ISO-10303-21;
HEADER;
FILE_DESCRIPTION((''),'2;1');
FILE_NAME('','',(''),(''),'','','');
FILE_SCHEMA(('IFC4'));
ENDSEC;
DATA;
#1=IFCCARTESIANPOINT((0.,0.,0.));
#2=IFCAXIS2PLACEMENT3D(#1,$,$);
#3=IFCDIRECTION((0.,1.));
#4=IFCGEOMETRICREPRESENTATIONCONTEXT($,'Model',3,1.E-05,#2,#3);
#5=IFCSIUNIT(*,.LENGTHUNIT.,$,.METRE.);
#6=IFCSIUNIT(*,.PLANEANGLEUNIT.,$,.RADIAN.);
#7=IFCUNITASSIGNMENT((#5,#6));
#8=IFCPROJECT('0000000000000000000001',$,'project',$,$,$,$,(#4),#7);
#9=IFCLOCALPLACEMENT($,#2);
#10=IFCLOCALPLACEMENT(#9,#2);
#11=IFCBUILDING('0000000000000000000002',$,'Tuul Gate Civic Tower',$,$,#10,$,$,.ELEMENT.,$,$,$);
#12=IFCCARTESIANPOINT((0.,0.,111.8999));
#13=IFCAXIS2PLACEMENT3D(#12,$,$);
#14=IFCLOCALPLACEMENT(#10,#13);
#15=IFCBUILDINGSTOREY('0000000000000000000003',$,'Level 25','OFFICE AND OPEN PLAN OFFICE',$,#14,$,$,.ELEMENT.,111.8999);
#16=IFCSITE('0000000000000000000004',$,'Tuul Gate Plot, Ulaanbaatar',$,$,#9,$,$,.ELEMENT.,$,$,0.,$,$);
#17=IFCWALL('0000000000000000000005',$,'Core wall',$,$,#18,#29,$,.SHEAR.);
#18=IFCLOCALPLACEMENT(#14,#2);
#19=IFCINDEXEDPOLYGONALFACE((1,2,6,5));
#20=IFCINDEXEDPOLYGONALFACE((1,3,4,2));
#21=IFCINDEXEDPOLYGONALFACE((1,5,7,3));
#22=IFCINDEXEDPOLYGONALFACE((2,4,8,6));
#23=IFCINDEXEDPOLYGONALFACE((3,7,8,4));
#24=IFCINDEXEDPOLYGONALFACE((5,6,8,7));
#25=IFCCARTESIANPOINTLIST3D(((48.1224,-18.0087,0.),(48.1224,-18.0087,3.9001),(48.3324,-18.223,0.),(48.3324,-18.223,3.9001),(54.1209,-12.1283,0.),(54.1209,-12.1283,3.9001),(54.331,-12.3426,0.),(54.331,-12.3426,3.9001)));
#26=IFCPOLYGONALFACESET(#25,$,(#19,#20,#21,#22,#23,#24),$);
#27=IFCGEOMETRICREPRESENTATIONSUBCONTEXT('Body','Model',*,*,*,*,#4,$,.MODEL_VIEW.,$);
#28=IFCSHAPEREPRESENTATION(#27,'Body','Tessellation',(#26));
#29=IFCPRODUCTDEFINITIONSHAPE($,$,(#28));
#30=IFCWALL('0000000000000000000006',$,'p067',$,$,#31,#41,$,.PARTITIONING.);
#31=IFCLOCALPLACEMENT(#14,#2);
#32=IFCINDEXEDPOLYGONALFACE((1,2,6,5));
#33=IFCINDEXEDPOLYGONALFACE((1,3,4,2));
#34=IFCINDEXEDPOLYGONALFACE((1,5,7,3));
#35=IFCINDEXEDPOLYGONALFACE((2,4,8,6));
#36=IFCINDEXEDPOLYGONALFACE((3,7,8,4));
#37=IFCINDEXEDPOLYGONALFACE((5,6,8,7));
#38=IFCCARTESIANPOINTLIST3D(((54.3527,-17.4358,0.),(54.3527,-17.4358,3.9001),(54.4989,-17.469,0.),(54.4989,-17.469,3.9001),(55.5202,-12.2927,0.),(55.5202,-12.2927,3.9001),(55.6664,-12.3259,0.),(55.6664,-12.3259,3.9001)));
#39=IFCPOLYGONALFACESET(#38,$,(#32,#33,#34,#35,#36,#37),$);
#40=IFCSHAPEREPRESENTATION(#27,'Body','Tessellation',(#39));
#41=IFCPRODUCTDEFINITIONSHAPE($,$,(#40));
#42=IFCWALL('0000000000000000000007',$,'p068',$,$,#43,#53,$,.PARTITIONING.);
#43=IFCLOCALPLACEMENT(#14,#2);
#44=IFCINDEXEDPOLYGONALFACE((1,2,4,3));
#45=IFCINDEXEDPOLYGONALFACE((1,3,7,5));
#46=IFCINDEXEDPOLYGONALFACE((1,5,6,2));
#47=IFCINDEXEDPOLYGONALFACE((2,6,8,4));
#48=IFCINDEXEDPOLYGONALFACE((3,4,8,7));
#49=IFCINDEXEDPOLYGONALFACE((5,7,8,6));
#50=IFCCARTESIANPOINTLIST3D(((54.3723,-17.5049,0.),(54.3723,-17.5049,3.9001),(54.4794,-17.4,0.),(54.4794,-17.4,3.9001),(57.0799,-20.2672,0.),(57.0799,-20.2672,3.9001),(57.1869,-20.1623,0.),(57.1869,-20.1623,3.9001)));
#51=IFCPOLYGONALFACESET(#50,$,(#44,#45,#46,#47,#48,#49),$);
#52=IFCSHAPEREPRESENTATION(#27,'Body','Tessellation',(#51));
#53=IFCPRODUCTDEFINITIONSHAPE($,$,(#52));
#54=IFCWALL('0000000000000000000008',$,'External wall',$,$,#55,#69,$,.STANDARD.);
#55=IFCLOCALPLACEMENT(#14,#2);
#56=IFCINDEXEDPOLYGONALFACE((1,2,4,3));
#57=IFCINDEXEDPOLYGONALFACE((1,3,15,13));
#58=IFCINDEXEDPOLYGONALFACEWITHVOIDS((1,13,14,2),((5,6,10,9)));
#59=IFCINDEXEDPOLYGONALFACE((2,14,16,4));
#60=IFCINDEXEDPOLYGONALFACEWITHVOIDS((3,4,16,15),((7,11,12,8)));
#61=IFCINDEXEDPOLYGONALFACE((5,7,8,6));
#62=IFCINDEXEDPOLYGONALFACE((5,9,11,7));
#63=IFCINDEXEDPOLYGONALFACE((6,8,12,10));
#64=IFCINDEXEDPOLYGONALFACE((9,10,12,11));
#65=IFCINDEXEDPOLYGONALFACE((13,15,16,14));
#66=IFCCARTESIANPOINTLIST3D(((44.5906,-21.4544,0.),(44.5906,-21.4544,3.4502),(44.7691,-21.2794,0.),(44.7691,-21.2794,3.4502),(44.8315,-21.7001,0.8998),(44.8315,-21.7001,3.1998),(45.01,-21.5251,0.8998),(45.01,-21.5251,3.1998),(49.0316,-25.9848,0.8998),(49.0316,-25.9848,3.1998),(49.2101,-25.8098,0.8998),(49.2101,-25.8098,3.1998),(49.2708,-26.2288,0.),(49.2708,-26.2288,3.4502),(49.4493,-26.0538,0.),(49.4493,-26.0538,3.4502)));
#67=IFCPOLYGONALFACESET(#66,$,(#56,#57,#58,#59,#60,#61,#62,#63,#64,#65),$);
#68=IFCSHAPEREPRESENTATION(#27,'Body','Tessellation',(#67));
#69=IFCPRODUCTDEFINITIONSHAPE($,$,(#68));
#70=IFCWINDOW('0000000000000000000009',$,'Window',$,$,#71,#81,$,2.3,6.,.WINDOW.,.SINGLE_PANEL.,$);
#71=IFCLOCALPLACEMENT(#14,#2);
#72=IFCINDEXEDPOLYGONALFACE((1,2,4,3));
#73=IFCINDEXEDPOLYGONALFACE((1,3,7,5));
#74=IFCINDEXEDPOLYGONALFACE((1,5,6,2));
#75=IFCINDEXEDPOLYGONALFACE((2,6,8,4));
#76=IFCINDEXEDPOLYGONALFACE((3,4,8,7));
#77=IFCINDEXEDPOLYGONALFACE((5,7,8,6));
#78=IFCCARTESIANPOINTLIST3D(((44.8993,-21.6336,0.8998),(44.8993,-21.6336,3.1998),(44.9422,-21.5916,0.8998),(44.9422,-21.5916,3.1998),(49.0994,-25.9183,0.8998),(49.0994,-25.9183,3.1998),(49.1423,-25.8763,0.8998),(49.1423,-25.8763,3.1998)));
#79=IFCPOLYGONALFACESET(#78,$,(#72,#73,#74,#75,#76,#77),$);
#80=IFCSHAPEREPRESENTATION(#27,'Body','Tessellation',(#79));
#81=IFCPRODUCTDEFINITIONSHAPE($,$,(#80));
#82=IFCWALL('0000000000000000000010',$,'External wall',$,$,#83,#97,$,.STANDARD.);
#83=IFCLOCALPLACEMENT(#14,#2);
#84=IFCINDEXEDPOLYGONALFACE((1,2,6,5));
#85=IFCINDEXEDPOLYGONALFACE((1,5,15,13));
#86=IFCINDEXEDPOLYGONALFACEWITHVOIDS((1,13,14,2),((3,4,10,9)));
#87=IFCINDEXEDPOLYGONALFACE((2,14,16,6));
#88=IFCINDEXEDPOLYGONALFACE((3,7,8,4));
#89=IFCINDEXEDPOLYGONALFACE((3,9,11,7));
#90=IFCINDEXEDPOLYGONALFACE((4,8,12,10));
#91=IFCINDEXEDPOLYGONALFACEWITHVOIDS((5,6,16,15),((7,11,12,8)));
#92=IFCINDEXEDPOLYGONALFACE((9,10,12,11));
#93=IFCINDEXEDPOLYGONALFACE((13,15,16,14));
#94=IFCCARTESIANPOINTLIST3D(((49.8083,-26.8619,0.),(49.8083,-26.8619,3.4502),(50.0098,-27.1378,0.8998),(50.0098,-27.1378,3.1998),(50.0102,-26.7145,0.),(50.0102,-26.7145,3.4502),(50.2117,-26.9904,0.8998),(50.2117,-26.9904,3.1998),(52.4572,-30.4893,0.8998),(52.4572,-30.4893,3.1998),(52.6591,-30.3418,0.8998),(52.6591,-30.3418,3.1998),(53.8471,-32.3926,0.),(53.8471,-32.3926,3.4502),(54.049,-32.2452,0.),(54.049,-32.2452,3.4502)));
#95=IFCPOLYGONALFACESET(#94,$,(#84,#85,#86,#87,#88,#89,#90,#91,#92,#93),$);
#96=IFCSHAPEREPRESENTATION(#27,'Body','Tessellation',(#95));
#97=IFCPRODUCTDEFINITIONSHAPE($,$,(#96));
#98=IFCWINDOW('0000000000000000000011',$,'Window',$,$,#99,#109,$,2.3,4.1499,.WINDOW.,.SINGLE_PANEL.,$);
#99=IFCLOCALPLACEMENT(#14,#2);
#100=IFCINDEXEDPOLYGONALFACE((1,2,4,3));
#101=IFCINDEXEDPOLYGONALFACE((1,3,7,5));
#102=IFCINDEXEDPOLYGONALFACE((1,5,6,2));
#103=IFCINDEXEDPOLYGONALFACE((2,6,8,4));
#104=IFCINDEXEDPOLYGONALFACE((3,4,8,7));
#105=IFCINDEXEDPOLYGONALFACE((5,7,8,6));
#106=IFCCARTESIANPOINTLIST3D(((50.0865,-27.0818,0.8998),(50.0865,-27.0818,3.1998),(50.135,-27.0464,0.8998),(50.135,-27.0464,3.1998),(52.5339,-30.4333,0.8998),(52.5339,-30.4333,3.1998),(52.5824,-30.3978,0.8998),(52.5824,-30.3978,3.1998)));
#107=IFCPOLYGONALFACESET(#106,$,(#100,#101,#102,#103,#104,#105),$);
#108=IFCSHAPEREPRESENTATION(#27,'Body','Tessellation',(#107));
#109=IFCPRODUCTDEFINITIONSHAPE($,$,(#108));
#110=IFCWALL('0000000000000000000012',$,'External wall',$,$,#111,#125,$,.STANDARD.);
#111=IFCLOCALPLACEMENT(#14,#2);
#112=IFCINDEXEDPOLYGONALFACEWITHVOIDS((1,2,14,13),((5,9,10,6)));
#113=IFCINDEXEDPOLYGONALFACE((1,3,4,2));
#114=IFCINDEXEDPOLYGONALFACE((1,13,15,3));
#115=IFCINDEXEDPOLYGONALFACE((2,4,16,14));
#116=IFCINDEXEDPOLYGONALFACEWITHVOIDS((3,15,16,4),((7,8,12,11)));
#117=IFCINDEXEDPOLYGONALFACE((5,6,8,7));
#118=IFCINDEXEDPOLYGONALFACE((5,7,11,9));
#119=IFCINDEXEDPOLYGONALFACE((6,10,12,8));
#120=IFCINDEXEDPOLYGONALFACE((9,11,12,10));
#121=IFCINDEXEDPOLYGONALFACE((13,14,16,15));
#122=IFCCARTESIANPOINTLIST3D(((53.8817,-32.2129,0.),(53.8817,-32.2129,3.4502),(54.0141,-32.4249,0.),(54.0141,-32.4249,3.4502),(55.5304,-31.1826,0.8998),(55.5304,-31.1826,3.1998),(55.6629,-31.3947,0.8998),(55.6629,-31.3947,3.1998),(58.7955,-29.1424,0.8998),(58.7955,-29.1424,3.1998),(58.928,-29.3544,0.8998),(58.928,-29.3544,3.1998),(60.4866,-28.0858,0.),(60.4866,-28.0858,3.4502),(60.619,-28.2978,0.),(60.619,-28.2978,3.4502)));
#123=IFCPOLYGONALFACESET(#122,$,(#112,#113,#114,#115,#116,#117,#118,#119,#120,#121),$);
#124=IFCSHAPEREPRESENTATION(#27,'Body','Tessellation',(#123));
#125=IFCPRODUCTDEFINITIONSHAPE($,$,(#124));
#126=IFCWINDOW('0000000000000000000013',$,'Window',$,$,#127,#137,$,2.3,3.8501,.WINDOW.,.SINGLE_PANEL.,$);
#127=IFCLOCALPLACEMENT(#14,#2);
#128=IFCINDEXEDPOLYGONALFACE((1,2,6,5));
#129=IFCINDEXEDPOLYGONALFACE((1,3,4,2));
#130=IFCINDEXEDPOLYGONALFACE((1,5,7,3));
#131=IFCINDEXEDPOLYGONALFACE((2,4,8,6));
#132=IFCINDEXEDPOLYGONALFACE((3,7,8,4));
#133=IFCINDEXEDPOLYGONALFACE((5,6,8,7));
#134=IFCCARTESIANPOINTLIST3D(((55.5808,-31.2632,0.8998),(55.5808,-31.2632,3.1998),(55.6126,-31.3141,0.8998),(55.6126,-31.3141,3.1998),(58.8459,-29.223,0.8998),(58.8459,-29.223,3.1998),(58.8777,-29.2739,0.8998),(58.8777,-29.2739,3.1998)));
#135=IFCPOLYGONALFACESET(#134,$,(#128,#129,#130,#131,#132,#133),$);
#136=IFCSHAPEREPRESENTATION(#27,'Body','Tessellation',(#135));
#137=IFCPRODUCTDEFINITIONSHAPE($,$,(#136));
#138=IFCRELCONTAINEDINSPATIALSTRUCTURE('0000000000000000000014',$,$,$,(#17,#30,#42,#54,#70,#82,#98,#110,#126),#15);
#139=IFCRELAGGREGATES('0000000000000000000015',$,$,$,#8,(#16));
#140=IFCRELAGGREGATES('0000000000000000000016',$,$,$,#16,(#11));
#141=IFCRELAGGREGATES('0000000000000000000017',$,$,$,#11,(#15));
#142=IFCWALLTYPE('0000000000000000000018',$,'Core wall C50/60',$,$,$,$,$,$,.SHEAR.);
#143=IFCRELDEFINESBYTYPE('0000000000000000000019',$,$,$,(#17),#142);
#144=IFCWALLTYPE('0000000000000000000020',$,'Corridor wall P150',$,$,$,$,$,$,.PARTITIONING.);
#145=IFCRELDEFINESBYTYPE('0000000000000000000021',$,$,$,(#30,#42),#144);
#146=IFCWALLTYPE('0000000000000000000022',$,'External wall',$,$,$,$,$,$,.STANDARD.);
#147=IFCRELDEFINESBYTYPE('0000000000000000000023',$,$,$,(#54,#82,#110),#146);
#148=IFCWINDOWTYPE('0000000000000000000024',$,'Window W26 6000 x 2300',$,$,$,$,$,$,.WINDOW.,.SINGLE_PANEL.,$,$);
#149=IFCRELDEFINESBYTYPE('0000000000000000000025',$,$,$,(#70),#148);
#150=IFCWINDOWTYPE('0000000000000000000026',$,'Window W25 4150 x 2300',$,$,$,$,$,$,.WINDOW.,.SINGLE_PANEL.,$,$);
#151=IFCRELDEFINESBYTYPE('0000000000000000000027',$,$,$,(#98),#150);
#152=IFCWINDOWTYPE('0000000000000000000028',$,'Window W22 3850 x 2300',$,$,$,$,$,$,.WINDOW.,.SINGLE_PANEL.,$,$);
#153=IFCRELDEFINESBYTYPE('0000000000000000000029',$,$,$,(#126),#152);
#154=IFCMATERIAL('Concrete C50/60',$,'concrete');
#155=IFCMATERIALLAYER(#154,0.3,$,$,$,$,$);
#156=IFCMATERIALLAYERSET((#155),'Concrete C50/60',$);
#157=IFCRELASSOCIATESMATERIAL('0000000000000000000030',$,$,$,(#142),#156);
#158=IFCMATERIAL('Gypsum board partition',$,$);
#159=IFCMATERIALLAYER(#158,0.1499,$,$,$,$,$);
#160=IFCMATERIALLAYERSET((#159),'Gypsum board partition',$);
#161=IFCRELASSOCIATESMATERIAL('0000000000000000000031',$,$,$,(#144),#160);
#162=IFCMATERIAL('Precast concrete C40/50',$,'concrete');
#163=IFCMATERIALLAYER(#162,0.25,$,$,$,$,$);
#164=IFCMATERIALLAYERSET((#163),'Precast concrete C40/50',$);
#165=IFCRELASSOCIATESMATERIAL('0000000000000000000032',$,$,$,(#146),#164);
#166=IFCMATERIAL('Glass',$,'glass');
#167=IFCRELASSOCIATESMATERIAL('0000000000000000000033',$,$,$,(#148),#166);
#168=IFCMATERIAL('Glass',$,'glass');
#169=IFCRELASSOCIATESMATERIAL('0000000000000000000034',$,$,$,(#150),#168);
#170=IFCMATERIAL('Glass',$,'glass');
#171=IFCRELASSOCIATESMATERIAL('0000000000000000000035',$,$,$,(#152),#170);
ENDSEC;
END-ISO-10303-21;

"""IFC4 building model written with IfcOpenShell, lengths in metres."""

from ifc_helpers import new_model, si_unit, direction, frame, frame_2d, origin, place, context, subcontext, project, spatial, rectangle, extrude, material, layer, layer_set, type_object, element, fill, save


model = new_model("IFC4")

# Units and contexts
model_context = context("Model", 3, precision=1e-05, world=origin(), true_north=direction((0.0, 1.0)))
body_context = subcontext(model_context, "Body", "Model", "MODEL_VIEW")
ifc_project = project(units=[si_unit("LENGTHUNIT", "METRE"), si_unit("PLANEANGLEUNIT", "RADIAN")], contexts=[model_context])

# Site, building, storey
site_placement = place(None, origin())
site = spatial("IfcSite", under=ifc_project, at=site_placement, Name="Tuul Gate Plot, Ulaanbaatar", CompositionType="ELEMENT", RefElevation=0.0)
building_placement = place(site_placement, origin())
building = spatial("IfcBuilding", under=site, at=building_placement, Name="Tuul Gate Civic Tower", CompositionType="ELEMENT")
storey_placement = place(building_placement, frame((0.0, 0.0, 111.8999)))
storey = spatial("IfcBuildingStorey", under=building, at=storey_placement, Name="Level 25", Description="OFFICE AND OPEN PLAN OFFICE", CompositionType="ELEMENT", Elevation=111.8999)

# Shared definitions
ifc_material_1 = material(Name="Concrete C50/60", Category="concrete")
ifc_layer_1 = layer(ifc_material_1, 0.3)
ifc_layer_set_1 = layer_set([ifc_layer_1], Name="Concrete C50/60")
wall_type_1 = type_object("IfcWallType", Name="Core wall C50/60", PredefinedType="SHEAR", material=ifc_layer_set_1)

# Walls
wall_1_placement = place(storey_placement, frame((48.2273, -18.116, 0.0), z_axis=(0.0, 0.0, 1.0), x_axis=(0.714105, 0.700038, 0.0)))
element("IfcWall", 1, at=wall_1_placement, inside=storey, type_object=wall_type_1, Name="Core wall", PredefinedType="SHEAR", context=body_context, shape_type="SweptSolid", body=[
    extrude(rectangle(XDim=8.4001, YDim=0.3, at=frame_2d((4.2002, 0.0))), origin(), (0.0, 0.0, 1.0), 3.9001),
])
ifc_material_2 = material(Name="Gypsum board partition")
ifc_layer_2 = layer(ifc_material_2, 0.1499)
ifc_layer_set_2 = layer_set([ifc_layer_2], Name="Gypsum board partition")
wall_type_2 = type_object("IfcWallType", Name="Corridor wall P150", PredefinedType="PARTITIONING", material=ifc_layer_set_2)
wall_2_placement = place(storey_placement, frame((54.4258, -17.4524, 0.0), z_axis=(0.0, 0.0, 1.0), x_axis=(0.221369, 0.97519, 0.0)))
element("IfcWall", 2, at=wall_2_placement, inside=storey, type_object=wall_type_2, Name="p067", PredefinedType="PARTITIONING", context=body_context, shape_type="SweptSolid", body=[
    extrude(rectangle(XDim=5.2739, YDim=0.1499, at=frame_2d((2.637, 0.0))), origin(), (0.0, 0.0, 1.0), 3.9001),
])
wall_3_placement = place(storey_placement, frame((54.4258, -17.4524, 0.0), z_axis=(0.0, 0.0, 1.0), x_axis=(0.700002, -0.714141, 0.0)))
element("IfcWall", 3, at=wall_3_placement, inside=storey, type_object=wall_type_2, Name="p068", PredefinedType="PARTITIONING", context=body_context, shape_type="SweptSolid", body=[
    extrude(rectangle(XDim=3.8679, YDim=0.1499, at=frame_2d((1.9341, 0.0))), origin(), (0.0, 0.0, 1.0), 3.9001),
])

# Walls, openings, windows
ifc_material_3 = material(Name="Precast concrete C40/50", Category="concrete")
ifc_layer_3 = layer(ifc_material_3, 0.25)
ifc_layer_set_3 = layer_set([ifc_layer_3], Name="Precast concrete C40/50")
wall_type_3 = type_object("IfcWallType", Name="External wall", PredefinedType="STANDARD", material=ifc_layer_set_3)
wall_4_placement = place(storey_placement, frame((44.6799, -21.3669, 0.0), z_axis=(0.0, 0.0, 1.0), x_axis=(0.700024, -0.714119, 0.0)))
wall_4 = element("IfcWall", 4, at=wall_4_placement, inside=storey, type_object=wall_type_3, Name="External wall", PredefinedType="STANDARD", context=body_context, shape_type="SweptSolid", body=[
    extrude(rectangle(XDim=6.6858, YDim=0.25, at=frame_2d((3.3428, 0.0))), origin(), (0.0, 0.0, 1.0), 3.4502),
])
opening_1_placement = place(wall_4_placement, frame((0.344, 0.0, 0.8999)))
opening_1 = element("IfcOpeningElement", 5, at=opening_1_placement, cuts=wall_4, PredefinedType="OPENING", context=body_context, shape_type="SweptSolid", body=[
    extrude(rectangle(XDim=6.0, YDim=2.3, at=frame_2d((3.0, 1.1499))), frame((0.0, 0.135, 0.0), z_axis=(0.0, -1.0, 0.0), x_axis=(1.0, 0.0, 0.0)), (0.0, 0.0, 1.0), 0.27),
])
ifc_material_4 = material(Name="Glass", Category="glass")
window_type_1 = type_object("IfcWindowType", Name="Window W26 6000 x 2300", PartitioningType="SINGLE_PANEL", PredefinedType="WINDOW", material=ifc_material_4)
window_1_placement = place(opening_1_placement, origin())
window_1 = element("IfcWindow", 6, at=window_1_placement, inside=storey, type_object=window_type_1, Name="Window", OverallHeight=2.3, OverallWidth=6.0, PartitioningType="SINGLE_PANEL", PredefinedType="WINDOW", context=body_context, shape_type="SweptSolid", body=[
    extrude(rectangle(XDim=6.0, YDim=2.3, at=frame_2d((3.0, 1.1499))), frame((0.0, 0.03, 0.0), z_axis=(0.0, -1.0, 0.0), x_axis=(1.0, 0.0, 0.0)), (0.0, 0.0, 1.0), 0.0601),
])
fill(opening_1, window_1)
wall_5_placement = place(storey_placement, frame((49.9092, -26.7881, 0.0), z_axis=(0.0, 0.0, 1.0), x_axis=(0.589741, -0.807592, 0.0)))
wall_5 = element("IfcWall", 7, at=wall_5_placement, inside=storey, type_object=wall_type_3, Name="External wall", PredefinedType="STANDARD", context=body_context, shape_type="SweptSolid", body=[
    extrude(rectangle(XDim=6.8484, YDim=0.25, at=frame_2d((3.4243, 0.0))), origin(), (0.0, 0.0, 1.0), 3.4502),
])
opening_2_placement = place(wall_5_placement, frame((0.3418, 0.0, 0.8999)))
opening_2 = element("IfcOpeningElement", 8, at=opening_2_placement, cuts=wall_5, PredefinedType="OPENING", context=body_context, shape_type="SweptSolid", body=[
    extrude(rectangle(XDim=4.1499, YDim=2.3, at=frame_2d((2.075, 1.1499))), frame((0.0, 0.135, 0.0), z_axis=(0.0, -1.0, 0.0), x_axis=(1.0, 0.0, 0.0)), (0.0, 0.0, 1.0), 0.27),
])
ifc_material_5 = material(Name="Glass", Category="glass")
window_type_2 = type_object("IfcWindowType", Name="Window W25 4150 x 2300", PartitioningType="SINGLE_PANEL", PredefinedType="WINDOW", material=ifc_material_5)
window_2_placement = place(opening_2_placement, origin())
window_2 = element("IfcWindow", 9, at=window_2_placement, inside=storey, type_object=window_type_2, Name="Window", OverallHeight=2.3, OverallWidth=4.1499, PartitioningType="SINGLE_PANEL", PredefinedType="WINDOW", context=body_context, shape_type="SweptSolid", body=[
    extrude(rectangle(XDim=4.1499, YDim=2.3, at=frame_2d((2.075, 1.1499))), frame((0.0, 0.03, 0.0), z_axis=(0.0, -1.0, 0.0), x_axis=(1.0, 0.0, 0.0)), (0.0, 0.0, 1.0), 0.0601),
])
fill(opening_2, window_2)
wall_6_placement = place(storey_placement, frame((53.948, -32.3188, 0.0), z_axis=(0.0, 0.0, 1.0), x_axis=(0.848051, 0.529914, 0.0)))
wall_6 = element("IfcWall", 10, at=wall_6_placement, inside=storey, type_object=wall_type_3, Name="External wall", PredefinedType="STANDARD", context=body_context, shape_type="SweptSolid", body=[
    extrude(rectangle(XDim=7.7883, YDim=0.25, at=frame_2d((3.894, 0.0))), origin(), (0.0, 0.0, 1.0), 3.4502),
])
opening_3_placement = place(wall_6_placement, frame((1.9441, 0.0, 0.8999)))
opening_3 = element("IfcOpeningElement", 11, at=opening_3_placement, cuts=wall_6, PredefinedType="OPENING", context=body_context, shape_type="SweptSolid", body=[
    extrude(rectangle(XDim=3.8501, YDim=2.3, at=frame_2d((1.925, 1.1499))), frame((0.0, 0.135, 0.0), z_axis=(0.0, -1.0, 0.0), x_axis=(1.0, 0.0, 0.0)), (0.0, 0.0, 1.0), 0.27),
])
ifc_material_6 = material(Name="Glass", Category="glass")
window_type_3 = type_object("IfcWindowType", Name="Window W22 3850 x 2300", PartitioningType="SINGLE_PANEL", PredefinedType="WINDOW", material=ifc_material_6)
window_3_placement = place(opening_3_placement, origin())
window_3 = element("IfcWindow", 12, at=window_3_placement, inside=storey, type_object=window_type_3, Name="Window", OverallHeight=2.3, OverallWidth=3.8501, PartitioningType="SINGLE_PANEL", PredefinedType="WINDOW", context=body_context, shape_type="SweptSolid", body=[
    extrude(rectangle(XDim=3.8501, YDim=2.3, at=frame_2d((1.925, 1.1499))), frame((0.0, 0.03, 0.0), z_axis=(0.0, -1.0, 0.0), x_axis=(1.0, 0.0, 0.0)), (0.0, 0.0, 1.0), 0.0601),
])
fill(opening_3, window_3)

save(model, "model.ifc")
